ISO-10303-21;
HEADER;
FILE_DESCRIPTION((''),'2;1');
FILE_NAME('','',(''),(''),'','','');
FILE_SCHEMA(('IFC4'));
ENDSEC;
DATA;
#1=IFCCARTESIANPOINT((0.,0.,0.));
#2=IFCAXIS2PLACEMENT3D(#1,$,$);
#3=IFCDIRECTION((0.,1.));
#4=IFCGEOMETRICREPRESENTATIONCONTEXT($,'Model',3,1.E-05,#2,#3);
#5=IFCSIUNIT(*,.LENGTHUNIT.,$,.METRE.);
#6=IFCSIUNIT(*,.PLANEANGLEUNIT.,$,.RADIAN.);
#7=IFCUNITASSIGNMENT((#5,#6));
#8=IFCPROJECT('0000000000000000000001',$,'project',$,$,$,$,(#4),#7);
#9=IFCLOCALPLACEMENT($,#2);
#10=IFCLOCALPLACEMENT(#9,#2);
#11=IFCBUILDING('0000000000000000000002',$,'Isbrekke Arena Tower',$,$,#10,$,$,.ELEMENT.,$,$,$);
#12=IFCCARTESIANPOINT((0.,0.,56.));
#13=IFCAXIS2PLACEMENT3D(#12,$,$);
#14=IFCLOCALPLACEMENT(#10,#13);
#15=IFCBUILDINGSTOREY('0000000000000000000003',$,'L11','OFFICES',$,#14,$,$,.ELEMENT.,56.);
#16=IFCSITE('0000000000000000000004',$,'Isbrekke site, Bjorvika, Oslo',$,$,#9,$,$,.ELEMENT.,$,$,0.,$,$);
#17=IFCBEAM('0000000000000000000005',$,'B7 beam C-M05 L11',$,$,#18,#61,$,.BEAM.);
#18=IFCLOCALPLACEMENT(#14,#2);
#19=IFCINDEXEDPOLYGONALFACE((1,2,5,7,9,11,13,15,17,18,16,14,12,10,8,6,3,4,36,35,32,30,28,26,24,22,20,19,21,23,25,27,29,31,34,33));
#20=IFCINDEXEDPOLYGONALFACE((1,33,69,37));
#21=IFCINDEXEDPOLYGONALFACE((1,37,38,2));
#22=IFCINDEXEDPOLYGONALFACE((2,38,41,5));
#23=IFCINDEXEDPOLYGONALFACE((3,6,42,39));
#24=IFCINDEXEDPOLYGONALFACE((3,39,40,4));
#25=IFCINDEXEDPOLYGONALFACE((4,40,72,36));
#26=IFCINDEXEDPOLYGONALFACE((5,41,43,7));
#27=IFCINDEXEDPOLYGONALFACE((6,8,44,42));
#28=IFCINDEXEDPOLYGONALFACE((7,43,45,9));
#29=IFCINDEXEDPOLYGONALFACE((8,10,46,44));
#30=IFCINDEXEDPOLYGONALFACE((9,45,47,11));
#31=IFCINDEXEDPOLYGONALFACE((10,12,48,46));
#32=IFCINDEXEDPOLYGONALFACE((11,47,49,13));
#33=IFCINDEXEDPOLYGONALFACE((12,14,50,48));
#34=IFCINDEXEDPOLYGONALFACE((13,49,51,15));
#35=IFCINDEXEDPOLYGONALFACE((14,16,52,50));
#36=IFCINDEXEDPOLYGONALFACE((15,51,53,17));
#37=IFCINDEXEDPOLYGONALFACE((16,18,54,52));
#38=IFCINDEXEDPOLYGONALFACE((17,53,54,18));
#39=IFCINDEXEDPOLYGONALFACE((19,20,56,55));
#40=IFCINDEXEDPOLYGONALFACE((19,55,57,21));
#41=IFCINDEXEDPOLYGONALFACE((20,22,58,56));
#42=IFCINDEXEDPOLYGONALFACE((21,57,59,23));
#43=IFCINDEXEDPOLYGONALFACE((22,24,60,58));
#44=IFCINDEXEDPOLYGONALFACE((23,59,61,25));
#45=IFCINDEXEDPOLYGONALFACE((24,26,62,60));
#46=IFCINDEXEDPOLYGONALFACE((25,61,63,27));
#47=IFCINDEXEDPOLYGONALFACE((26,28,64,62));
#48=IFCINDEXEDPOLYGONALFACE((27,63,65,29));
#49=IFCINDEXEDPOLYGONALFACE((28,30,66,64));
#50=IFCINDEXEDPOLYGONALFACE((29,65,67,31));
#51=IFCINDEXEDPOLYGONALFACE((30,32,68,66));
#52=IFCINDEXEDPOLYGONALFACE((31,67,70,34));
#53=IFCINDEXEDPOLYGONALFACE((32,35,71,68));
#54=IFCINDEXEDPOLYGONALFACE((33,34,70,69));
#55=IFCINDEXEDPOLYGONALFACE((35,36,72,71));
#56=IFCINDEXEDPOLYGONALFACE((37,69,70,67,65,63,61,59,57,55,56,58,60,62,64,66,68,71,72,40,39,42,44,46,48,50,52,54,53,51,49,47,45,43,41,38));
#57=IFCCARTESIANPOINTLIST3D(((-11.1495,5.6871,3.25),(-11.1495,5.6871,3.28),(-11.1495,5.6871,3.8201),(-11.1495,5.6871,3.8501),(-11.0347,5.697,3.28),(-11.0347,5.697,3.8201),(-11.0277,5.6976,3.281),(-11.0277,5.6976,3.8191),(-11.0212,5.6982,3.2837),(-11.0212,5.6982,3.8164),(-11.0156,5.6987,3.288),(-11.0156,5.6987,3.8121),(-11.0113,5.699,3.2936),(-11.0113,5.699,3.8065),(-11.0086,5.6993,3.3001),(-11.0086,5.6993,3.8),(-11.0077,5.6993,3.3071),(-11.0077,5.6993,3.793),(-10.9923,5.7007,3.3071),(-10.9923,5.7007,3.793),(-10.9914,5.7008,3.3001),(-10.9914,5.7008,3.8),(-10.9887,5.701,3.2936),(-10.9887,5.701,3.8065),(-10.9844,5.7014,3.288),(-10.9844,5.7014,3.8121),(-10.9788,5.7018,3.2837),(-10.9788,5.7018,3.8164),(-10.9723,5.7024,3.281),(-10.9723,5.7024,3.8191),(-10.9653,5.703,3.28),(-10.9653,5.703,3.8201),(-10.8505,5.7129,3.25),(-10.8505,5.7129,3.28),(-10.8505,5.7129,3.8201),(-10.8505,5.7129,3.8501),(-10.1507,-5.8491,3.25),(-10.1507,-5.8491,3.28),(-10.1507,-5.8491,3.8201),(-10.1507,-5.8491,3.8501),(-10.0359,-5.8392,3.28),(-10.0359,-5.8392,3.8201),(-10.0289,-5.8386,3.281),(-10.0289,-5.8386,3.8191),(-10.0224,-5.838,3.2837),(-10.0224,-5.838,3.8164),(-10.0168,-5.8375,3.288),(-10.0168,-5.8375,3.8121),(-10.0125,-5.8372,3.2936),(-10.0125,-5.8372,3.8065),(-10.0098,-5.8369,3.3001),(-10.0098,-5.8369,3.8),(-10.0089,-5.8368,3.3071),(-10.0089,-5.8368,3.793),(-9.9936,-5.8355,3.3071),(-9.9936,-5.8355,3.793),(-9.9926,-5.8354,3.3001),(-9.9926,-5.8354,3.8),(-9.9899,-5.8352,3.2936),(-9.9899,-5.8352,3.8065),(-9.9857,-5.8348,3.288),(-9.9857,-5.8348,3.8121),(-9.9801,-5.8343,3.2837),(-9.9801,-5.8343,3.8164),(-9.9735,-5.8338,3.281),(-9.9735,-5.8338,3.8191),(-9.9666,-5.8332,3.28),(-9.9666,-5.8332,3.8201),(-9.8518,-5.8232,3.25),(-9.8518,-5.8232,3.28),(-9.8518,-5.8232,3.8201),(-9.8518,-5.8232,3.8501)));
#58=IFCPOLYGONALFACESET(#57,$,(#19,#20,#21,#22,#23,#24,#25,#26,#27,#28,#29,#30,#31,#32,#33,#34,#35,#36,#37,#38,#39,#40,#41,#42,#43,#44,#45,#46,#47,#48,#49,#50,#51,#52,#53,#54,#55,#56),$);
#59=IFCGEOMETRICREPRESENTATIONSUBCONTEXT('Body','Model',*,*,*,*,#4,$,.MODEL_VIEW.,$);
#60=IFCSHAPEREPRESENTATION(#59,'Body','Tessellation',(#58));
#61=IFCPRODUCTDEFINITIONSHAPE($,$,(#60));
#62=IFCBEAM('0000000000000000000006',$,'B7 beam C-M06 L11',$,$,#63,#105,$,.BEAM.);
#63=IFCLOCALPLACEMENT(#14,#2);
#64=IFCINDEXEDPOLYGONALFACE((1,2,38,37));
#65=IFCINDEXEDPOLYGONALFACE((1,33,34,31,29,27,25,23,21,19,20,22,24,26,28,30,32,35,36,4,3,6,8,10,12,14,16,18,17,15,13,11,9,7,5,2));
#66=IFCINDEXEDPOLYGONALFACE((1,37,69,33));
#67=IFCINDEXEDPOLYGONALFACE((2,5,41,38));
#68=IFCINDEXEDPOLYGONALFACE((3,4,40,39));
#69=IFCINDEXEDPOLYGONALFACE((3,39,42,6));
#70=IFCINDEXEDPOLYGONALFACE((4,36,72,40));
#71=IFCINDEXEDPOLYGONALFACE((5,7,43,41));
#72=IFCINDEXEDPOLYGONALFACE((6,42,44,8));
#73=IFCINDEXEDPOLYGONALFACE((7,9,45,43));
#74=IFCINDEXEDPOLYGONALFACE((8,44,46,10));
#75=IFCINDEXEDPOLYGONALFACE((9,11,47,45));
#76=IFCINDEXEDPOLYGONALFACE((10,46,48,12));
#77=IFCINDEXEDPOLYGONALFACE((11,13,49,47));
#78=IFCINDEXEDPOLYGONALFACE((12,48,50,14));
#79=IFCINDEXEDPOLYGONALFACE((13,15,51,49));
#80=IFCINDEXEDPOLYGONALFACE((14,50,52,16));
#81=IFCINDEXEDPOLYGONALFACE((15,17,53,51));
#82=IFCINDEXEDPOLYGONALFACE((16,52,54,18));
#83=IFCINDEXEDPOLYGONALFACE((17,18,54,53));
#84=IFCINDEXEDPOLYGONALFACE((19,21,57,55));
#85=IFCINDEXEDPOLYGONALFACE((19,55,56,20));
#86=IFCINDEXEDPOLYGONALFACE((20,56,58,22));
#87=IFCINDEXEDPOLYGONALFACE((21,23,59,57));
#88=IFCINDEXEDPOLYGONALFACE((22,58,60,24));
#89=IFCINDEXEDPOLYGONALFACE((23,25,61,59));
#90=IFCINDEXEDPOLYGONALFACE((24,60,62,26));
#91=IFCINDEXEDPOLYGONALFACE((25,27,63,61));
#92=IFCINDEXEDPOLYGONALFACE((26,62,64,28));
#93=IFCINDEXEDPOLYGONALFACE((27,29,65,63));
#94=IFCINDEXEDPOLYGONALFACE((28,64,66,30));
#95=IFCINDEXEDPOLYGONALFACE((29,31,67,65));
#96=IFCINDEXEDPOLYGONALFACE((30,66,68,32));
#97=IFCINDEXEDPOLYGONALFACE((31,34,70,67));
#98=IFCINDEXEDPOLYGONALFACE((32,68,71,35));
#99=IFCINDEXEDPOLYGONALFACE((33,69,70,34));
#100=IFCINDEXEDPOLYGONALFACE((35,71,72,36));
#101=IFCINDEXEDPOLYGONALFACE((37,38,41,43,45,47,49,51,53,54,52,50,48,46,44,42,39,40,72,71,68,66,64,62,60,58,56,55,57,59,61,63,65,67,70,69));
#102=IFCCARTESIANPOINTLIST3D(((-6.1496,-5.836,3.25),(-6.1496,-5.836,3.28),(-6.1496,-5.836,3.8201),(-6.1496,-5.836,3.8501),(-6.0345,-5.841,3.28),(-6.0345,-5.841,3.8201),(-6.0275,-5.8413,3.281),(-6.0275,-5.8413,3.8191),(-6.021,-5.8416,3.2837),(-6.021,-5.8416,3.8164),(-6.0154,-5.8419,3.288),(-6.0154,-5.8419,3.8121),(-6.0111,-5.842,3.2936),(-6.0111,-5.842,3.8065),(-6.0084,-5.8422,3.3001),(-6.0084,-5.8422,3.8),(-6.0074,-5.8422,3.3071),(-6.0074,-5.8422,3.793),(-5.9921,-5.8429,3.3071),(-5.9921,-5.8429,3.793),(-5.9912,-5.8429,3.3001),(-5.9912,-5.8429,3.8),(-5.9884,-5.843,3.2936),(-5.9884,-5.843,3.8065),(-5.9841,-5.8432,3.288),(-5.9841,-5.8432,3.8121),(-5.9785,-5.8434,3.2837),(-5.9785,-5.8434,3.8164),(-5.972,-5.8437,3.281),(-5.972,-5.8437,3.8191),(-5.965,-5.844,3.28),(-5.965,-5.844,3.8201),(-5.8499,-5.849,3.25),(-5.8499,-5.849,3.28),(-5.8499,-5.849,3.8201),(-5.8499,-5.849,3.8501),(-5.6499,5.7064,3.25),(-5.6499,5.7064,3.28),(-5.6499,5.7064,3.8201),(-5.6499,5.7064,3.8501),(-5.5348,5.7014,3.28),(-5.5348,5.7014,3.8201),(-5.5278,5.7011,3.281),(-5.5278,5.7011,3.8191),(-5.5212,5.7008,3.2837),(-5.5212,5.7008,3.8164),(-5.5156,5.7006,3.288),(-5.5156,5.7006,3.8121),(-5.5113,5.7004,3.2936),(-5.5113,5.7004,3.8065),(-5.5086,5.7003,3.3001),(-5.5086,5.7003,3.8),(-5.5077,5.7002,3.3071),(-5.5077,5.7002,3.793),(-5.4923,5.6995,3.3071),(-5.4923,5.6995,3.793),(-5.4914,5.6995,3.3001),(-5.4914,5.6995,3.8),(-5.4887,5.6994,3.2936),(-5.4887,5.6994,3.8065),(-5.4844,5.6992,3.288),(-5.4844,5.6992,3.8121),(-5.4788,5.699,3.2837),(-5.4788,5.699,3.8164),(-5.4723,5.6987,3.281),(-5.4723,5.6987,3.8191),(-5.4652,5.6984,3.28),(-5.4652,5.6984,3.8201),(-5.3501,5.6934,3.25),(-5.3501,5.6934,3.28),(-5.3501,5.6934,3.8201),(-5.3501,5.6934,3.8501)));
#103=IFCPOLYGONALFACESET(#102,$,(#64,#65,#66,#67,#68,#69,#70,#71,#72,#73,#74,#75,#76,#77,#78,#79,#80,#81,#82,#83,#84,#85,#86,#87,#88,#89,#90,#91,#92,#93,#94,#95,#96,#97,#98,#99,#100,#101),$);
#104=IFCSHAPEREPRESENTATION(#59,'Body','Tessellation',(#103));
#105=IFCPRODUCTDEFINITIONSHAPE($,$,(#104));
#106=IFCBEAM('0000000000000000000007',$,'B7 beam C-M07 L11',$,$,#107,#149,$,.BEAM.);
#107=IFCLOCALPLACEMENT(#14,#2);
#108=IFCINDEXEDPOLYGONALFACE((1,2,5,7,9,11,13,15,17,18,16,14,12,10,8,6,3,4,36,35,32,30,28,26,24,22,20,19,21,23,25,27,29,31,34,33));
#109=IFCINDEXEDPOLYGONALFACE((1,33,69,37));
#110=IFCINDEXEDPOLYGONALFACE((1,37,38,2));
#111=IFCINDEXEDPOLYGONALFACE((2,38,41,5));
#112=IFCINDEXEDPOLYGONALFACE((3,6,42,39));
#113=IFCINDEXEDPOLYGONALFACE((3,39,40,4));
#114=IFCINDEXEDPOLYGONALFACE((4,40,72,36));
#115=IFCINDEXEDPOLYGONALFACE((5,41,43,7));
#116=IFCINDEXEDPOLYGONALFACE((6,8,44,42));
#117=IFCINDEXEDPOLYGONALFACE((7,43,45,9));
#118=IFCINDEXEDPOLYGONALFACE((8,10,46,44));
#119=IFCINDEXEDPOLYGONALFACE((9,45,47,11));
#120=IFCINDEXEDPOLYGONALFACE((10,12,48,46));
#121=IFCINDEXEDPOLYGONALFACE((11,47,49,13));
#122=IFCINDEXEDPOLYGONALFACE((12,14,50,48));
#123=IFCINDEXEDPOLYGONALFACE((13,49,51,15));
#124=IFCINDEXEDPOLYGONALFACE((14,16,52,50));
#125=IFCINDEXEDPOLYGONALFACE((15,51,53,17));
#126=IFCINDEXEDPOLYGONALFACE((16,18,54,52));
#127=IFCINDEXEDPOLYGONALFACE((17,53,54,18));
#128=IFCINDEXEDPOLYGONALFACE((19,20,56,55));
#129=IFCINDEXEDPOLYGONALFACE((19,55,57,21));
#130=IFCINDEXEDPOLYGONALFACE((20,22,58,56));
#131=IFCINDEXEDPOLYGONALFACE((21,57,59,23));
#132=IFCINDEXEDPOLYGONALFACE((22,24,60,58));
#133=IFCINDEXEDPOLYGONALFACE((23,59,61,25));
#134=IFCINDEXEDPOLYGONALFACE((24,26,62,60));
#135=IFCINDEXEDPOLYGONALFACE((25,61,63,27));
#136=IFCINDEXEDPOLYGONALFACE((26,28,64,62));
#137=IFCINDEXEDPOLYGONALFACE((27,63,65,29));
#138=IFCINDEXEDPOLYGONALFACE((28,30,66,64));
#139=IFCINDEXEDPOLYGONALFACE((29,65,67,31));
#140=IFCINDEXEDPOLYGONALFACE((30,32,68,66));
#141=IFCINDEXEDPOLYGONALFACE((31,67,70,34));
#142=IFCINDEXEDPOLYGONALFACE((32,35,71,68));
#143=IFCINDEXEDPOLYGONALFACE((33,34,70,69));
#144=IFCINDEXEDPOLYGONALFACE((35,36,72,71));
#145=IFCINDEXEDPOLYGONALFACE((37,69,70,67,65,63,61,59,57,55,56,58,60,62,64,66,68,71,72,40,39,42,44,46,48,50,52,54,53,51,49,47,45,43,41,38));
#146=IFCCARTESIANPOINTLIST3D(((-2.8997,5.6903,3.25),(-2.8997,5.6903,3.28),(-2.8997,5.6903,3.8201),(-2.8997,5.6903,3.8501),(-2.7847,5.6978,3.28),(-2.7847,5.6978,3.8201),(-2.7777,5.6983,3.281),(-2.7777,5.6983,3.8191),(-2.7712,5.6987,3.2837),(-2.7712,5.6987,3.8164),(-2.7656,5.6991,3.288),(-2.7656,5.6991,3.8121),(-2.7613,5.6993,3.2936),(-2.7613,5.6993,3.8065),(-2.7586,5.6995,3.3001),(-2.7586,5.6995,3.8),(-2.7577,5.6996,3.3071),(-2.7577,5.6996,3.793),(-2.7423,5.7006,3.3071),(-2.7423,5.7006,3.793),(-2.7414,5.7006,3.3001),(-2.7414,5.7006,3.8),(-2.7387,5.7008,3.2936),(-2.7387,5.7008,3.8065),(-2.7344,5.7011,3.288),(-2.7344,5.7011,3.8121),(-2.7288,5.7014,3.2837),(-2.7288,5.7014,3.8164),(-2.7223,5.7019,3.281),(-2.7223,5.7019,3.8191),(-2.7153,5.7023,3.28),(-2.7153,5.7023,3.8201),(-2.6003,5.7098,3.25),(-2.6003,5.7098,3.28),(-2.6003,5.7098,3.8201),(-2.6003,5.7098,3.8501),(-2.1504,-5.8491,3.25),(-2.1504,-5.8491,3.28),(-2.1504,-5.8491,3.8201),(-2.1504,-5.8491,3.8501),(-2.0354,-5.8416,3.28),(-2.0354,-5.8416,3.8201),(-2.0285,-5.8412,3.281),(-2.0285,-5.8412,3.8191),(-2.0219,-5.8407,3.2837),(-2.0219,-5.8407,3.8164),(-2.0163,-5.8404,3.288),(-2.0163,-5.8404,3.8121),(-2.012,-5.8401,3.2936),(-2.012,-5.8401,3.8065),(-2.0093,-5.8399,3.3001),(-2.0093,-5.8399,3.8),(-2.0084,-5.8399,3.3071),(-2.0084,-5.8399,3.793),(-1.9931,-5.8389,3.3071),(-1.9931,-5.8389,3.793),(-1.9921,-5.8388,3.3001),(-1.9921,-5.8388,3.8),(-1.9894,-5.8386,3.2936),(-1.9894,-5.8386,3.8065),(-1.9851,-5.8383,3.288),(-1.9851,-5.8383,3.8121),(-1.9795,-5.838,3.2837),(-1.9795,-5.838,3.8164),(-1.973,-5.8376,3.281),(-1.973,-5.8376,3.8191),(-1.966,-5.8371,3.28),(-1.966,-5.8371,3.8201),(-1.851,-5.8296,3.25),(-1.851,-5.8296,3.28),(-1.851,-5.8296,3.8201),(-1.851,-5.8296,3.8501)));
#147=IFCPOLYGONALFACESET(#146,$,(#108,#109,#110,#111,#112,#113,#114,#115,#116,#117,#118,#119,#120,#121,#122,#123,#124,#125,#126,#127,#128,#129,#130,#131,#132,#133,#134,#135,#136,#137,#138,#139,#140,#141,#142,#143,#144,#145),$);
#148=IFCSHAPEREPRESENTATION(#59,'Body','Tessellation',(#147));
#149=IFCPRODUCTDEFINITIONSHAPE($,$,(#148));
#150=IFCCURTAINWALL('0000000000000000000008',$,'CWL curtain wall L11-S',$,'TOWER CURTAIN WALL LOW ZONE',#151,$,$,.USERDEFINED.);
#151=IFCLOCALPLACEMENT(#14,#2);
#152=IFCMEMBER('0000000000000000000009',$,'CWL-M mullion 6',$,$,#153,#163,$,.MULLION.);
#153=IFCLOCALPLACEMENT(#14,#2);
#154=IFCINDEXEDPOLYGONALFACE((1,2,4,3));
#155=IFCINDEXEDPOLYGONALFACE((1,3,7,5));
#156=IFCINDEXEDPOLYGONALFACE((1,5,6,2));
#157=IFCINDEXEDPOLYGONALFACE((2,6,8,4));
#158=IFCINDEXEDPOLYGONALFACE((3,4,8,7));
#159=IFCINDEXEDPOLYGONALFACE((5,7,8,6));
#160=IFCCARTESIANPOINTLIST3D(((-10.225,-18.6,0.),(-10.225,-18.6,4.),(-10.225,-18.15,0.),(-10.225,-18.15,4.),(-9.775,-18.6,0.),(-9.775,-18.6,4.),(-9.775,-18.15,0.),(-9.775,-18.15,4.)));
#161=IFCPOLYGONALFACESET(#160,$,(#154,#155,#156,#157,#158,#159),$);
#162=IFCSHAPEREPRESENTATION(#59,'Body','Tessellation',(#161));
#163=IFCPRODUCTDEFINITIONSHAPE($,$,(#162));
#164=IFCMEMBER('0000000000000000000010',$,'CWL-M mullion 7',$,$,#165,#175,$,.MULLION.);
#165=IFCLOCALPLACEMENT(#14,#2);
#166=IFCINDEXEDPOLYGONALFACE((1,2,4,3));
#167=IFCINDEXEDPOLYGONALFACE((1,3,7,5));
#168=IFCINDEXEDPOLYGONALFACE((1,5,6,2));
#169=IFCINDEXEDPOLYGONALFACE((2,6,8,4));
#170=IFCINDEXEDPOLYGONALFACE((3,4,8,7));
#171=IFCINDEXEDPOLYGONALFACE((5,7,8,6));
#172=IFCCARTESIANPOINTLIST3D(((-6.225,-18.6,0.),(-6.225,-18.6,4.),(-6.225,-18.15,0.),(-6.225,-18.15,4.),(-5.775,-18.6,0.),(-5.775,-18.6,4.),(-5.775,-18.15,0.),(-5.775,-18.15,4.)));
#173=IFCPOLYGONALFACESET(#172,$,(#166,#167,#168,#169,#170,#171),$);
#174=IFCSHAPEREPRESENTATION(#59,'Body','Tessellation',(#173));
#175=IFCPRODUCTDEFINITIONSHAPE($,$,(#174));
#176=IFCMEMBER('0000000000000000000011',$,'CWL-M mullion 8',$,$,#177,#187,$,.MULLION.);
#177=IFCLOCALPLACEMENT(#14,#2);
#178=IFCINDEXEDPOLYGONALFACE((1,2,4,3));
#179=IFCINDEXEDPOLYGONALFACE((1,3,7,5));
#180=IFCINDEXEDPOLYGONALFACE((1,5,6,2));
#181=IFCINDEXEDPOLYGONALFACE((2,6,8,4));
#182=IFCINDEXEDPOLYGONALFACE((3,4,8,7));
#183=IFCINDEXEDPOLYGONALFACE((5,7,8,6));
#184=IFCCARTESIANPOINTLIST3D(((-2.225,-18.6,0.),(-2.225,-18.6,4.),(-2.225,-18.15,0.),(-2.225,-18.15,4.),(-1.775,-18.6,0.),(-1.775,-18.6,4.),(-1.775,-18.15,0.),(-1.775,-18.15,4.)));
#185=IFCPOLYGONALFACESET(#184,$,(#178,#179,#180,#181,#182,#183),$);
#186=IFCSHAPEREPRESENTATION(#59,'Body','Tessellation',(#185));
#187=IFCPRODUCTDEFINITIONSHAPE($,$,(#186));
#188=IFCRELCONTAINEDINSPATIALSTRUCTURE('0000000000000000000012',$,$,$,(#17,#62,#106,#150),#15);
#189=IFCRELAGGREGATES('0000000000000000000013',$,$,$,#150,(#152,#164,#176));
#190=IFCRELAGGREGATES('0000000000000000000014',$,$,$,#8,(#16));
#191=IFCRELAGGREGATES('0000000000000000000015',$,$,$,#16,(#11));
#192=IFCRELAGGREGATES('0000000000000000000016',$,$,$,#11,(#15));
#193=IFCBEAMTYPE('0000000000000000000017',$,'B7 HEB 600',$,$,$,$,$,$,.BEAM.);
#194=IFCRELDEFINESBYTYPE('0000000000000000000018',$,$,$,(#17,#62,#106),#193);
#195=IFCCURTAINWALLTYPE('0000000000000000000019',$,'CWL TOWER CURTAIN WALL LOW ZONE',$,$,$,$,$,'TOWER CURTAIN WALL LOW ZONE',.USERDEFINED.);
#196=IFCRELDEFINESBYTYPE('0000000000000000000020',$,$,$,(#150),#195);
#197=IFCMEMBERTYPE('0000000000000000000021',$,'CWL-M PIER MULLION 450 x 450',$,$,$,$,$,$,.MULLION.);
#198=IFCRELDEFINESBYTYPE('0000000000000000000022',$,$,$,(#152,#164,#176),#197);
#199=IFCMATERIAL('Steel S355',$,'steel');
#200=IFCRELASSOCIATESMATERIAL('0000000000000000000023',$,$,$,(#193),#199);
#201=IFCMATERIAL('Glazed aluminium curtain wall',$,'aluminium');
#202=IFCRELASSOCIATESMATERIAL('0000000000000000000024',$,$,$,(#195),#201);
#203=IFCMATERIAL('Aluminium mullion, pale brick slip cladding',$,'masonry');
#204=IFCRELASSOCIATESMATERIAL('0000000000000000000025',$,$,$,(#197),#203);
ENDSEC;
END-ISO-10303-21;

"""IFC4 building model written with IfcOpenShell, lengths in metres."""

from ifc_helpers import new_model, si_unit, direction, frame, origin, origin_2d, place, context, subcontext, project, spatial, rectangle, i_section, extrude, material, material_profile, profile_set, type_object, element, aggregate, save


model = new_model("IFC4")

# Units and contexts
model_context = context("Model", 3, precision=1e-05, world=origin(), true_north=direction((0.0, 1.0)))
body_context = subcontext(model_context, "Body", "Model", "MODEL_VIEW")
ifc_project = project(units=[si_unit("LENGTHUNIT", "METRE"), si_unit("PLANEANGLEUNIT", "RADIAN")], contexts=[model_context])

# Site, building, storey
site_placement = place(None, origin())
site = spatial("IfcSite", under=ifc_project, at=site_placement, Name="Isbrekke site, Bjorvika, Oslo", CompositionType="ELEMENT", RefElevation=0.0)
building_placement = place(site_placement, origin())
building = spatial("IfcBuilding", under=site, at=building_placement, Name="Isbrekke Arena Tower", CompositionType="ELEMENT")
storey_placement = place(building_placement, frame((0.0, 0.0, 56.0)))
storey = spatial("IfcBuildingStorey", under=building, at=storey_placement, Name="L11", Description="OFFICES", CompositionType="ELEMENT", Elevation=56.0)

# Beams
ifc_material_1 = material(Name="Steel S355", Category="steel")
ifc_material_profile_1 = material_profile(ifc_material_1, i_section(OverallWidth=0.3, OverallDepth=0.6001, WebThickness=0.0154, FlangeThickness=0.03, FilletRadius=0.0271, at=origin_2d()), Name="HEB 600")
ifc_profile_set_1 = profile_set([ifc_material_profile_1], Name="Steel S355")
beam_type_1 = type_object("IfcBeamType", Name="B7 HEB 600", PredefinedType="BEAM", material=ifc_profile_set_1)
beam_1_placement = place(storey_placement, frame((-10.0012, -5.8362, 3.55), z_axis=(-0.086256, 0.996273, 0.0), x_axis=(-0.996273, -0.086256, 0.0)))
element("IfcBeam", 1, at=beam_1_placement, inside=storey, type_object=beam_type_1, Name="B7 beam C-M05 L11", PredefinedType="BEAM", context=body_context, shape_type="SweptSolid", body=[
    extrude(i_section(OverallWidth=0.3, OverallDepth=0.6001, WebThickness=0.0154, FlangeThickness=0.03, FilletRadius=0.0271, at=origin_2d()), origin(), (0.0, 0.0, 1.0), 11.5793),
])
beam_2_placement = place(storey_placement, frame((-5.9998, -5.8425, 3.55), z_axis=(0.043257, 0.999064, 0.0), x_axis=(-0.999064, 0.043257, 0.0)))
element("IfcBeam", 2, at=beam_2_placement, inside=storey, type_object=beam_type_1, Name="B7 beam C-M06 L11", PredefinedType="BEAM", context=body_context, shape_type="SweptSolid", body=[
    extrude(i_section(OverallWidth=0.3, OverallDepth=0.6001, WebThickness=0.0154, FlangeThickness=0.03, FilletRadius=0.0271, at=origin_2d()), origin(), (0.0, 0.0, 1.0), 11.5532),
])
beam_3_placement = place(storey_placement, frame((-2.0007, -5.8394, 3.55), z_axis=(-0.064795, 0.997899, 0.0), x_axis=(-0.997899, -0.064795, 0.0)))
element("IfcBeam", 3, at=beam_3_placement, inside=storey, type_object=beam_type_1, Name="B7 beam C-M07 L11", PredefinedType="BEAM", context=body_context, shape_type="SweptSolid", body=[
    extrude(i_section(OverallWidth=0.3, OverallDepth=0.6001, WebThickness=0.0154, FlangeThickness=0.03, FilletRadius=0.0271, at=origin_2d()), origin(), (0.0, 0.0, 1.0), 11.5637),
])

# Curtain wall, members
ifc_material_2 = material(Name="Glazed aluminium curtain wall", Category="aluminium")
curtain_wall_type = type_object("IfcCurtainWallType", Name="CWL TOWER CURTAIN WALL LOW ZONE", ElementType="TOWER CURTAIN WALL LOW ZONE", PredefinedType="USERDEFINED", material=ifc_material_2)
curtain_wall_placement = place(storey_placement, origin())
curtain_wall = element("IfcCurtainWall", 4, at=curtain_wall_placement, inside=storey, type_object=curtain_wall_type, Name="CWL curtain wall L11-S", ObjectType="TOWER CURTAIN WALL LOW ZONE", PredefinedType="USERDEFINED")
ifc_material_3 = material(Name="Aluminium mullion, pale brick slip cladding", Category="masonry")
ifc_material_profile_2 = material_profile(ifc_material_3, rectangle(XDim=0.45, YDim=0.45, at=origin_2d()), Name="PIER 450X450")
ifc_profile_set_2 = profile_set([ifc_material_profile_2], Name="Aluminium mullion, pale brick slip cladding")
member_type_1 = type_object("IfcMemberType", Name="CWL-M PIER MULLION 450 x 450", PredefinedType="MULLION", material=ifc_profile_set_2)
member_1_placement = place(storey_placement, frame((-10.0, -18.375, 0.0), z_axis=(0.0, 0.0, 1.0), x_axis=(1.0, 0.0, 0.0)))
member_1 = element("IfcMember", 5, at=member_1_placement, type_object=member_type_1, Name="CWL-M mullion 6", PredefinedType="MULLION", context=body_context, shape_type="SweptSolid", body=[
    extrude(rectangle(XDim=0.45, YDim=0.45, at=origin_2d()), origin(), (0.0, 0.0, 1.0), 4.0),
])
member_2_placement = place(storey_placement, frame((-6.0, -18.375, 0.0), z_axis=(0.0, 0.0, 1.0), x_axis=(1.0, 0.0, 0.0)))
member_2 = element("IfcMember", 6, at=member_2_placement, type_object=member_type_1, Name="CWL-M mullion 7", PredefinedType="MULLION", context=body_context, shape_type="SweptSolid", body=[
    extrude(rectangle(XDim=0.45, YDim=0.45, at=origin_2d()), origin(), (0.0, 0.0, 1.0), 4.0),
])
member_3_placement = place(storey_placement, frame((-2.0, -18.375, 0.0), z_axis=(0.0, 0.0, 1.0), x_axis=(1.0, 0.0, 0.0)))
member_3 = element("IfcMember", 7, at=member_3_placement, type_object=member_type_1, Name="CWL-M mullion 8", PredefinedType="MULLION", context=body_context, shape_type="SweptSolid", body=[
    extrude(rectangle(XDim=0.45, YDim=0.45, at=origin_2d()), origin(), (0.0, 0.0, 1.0), 4.0),
])

aggregate(curtain_wall, [member_1, member_2, member_3])

save(model, "model.ifc")
